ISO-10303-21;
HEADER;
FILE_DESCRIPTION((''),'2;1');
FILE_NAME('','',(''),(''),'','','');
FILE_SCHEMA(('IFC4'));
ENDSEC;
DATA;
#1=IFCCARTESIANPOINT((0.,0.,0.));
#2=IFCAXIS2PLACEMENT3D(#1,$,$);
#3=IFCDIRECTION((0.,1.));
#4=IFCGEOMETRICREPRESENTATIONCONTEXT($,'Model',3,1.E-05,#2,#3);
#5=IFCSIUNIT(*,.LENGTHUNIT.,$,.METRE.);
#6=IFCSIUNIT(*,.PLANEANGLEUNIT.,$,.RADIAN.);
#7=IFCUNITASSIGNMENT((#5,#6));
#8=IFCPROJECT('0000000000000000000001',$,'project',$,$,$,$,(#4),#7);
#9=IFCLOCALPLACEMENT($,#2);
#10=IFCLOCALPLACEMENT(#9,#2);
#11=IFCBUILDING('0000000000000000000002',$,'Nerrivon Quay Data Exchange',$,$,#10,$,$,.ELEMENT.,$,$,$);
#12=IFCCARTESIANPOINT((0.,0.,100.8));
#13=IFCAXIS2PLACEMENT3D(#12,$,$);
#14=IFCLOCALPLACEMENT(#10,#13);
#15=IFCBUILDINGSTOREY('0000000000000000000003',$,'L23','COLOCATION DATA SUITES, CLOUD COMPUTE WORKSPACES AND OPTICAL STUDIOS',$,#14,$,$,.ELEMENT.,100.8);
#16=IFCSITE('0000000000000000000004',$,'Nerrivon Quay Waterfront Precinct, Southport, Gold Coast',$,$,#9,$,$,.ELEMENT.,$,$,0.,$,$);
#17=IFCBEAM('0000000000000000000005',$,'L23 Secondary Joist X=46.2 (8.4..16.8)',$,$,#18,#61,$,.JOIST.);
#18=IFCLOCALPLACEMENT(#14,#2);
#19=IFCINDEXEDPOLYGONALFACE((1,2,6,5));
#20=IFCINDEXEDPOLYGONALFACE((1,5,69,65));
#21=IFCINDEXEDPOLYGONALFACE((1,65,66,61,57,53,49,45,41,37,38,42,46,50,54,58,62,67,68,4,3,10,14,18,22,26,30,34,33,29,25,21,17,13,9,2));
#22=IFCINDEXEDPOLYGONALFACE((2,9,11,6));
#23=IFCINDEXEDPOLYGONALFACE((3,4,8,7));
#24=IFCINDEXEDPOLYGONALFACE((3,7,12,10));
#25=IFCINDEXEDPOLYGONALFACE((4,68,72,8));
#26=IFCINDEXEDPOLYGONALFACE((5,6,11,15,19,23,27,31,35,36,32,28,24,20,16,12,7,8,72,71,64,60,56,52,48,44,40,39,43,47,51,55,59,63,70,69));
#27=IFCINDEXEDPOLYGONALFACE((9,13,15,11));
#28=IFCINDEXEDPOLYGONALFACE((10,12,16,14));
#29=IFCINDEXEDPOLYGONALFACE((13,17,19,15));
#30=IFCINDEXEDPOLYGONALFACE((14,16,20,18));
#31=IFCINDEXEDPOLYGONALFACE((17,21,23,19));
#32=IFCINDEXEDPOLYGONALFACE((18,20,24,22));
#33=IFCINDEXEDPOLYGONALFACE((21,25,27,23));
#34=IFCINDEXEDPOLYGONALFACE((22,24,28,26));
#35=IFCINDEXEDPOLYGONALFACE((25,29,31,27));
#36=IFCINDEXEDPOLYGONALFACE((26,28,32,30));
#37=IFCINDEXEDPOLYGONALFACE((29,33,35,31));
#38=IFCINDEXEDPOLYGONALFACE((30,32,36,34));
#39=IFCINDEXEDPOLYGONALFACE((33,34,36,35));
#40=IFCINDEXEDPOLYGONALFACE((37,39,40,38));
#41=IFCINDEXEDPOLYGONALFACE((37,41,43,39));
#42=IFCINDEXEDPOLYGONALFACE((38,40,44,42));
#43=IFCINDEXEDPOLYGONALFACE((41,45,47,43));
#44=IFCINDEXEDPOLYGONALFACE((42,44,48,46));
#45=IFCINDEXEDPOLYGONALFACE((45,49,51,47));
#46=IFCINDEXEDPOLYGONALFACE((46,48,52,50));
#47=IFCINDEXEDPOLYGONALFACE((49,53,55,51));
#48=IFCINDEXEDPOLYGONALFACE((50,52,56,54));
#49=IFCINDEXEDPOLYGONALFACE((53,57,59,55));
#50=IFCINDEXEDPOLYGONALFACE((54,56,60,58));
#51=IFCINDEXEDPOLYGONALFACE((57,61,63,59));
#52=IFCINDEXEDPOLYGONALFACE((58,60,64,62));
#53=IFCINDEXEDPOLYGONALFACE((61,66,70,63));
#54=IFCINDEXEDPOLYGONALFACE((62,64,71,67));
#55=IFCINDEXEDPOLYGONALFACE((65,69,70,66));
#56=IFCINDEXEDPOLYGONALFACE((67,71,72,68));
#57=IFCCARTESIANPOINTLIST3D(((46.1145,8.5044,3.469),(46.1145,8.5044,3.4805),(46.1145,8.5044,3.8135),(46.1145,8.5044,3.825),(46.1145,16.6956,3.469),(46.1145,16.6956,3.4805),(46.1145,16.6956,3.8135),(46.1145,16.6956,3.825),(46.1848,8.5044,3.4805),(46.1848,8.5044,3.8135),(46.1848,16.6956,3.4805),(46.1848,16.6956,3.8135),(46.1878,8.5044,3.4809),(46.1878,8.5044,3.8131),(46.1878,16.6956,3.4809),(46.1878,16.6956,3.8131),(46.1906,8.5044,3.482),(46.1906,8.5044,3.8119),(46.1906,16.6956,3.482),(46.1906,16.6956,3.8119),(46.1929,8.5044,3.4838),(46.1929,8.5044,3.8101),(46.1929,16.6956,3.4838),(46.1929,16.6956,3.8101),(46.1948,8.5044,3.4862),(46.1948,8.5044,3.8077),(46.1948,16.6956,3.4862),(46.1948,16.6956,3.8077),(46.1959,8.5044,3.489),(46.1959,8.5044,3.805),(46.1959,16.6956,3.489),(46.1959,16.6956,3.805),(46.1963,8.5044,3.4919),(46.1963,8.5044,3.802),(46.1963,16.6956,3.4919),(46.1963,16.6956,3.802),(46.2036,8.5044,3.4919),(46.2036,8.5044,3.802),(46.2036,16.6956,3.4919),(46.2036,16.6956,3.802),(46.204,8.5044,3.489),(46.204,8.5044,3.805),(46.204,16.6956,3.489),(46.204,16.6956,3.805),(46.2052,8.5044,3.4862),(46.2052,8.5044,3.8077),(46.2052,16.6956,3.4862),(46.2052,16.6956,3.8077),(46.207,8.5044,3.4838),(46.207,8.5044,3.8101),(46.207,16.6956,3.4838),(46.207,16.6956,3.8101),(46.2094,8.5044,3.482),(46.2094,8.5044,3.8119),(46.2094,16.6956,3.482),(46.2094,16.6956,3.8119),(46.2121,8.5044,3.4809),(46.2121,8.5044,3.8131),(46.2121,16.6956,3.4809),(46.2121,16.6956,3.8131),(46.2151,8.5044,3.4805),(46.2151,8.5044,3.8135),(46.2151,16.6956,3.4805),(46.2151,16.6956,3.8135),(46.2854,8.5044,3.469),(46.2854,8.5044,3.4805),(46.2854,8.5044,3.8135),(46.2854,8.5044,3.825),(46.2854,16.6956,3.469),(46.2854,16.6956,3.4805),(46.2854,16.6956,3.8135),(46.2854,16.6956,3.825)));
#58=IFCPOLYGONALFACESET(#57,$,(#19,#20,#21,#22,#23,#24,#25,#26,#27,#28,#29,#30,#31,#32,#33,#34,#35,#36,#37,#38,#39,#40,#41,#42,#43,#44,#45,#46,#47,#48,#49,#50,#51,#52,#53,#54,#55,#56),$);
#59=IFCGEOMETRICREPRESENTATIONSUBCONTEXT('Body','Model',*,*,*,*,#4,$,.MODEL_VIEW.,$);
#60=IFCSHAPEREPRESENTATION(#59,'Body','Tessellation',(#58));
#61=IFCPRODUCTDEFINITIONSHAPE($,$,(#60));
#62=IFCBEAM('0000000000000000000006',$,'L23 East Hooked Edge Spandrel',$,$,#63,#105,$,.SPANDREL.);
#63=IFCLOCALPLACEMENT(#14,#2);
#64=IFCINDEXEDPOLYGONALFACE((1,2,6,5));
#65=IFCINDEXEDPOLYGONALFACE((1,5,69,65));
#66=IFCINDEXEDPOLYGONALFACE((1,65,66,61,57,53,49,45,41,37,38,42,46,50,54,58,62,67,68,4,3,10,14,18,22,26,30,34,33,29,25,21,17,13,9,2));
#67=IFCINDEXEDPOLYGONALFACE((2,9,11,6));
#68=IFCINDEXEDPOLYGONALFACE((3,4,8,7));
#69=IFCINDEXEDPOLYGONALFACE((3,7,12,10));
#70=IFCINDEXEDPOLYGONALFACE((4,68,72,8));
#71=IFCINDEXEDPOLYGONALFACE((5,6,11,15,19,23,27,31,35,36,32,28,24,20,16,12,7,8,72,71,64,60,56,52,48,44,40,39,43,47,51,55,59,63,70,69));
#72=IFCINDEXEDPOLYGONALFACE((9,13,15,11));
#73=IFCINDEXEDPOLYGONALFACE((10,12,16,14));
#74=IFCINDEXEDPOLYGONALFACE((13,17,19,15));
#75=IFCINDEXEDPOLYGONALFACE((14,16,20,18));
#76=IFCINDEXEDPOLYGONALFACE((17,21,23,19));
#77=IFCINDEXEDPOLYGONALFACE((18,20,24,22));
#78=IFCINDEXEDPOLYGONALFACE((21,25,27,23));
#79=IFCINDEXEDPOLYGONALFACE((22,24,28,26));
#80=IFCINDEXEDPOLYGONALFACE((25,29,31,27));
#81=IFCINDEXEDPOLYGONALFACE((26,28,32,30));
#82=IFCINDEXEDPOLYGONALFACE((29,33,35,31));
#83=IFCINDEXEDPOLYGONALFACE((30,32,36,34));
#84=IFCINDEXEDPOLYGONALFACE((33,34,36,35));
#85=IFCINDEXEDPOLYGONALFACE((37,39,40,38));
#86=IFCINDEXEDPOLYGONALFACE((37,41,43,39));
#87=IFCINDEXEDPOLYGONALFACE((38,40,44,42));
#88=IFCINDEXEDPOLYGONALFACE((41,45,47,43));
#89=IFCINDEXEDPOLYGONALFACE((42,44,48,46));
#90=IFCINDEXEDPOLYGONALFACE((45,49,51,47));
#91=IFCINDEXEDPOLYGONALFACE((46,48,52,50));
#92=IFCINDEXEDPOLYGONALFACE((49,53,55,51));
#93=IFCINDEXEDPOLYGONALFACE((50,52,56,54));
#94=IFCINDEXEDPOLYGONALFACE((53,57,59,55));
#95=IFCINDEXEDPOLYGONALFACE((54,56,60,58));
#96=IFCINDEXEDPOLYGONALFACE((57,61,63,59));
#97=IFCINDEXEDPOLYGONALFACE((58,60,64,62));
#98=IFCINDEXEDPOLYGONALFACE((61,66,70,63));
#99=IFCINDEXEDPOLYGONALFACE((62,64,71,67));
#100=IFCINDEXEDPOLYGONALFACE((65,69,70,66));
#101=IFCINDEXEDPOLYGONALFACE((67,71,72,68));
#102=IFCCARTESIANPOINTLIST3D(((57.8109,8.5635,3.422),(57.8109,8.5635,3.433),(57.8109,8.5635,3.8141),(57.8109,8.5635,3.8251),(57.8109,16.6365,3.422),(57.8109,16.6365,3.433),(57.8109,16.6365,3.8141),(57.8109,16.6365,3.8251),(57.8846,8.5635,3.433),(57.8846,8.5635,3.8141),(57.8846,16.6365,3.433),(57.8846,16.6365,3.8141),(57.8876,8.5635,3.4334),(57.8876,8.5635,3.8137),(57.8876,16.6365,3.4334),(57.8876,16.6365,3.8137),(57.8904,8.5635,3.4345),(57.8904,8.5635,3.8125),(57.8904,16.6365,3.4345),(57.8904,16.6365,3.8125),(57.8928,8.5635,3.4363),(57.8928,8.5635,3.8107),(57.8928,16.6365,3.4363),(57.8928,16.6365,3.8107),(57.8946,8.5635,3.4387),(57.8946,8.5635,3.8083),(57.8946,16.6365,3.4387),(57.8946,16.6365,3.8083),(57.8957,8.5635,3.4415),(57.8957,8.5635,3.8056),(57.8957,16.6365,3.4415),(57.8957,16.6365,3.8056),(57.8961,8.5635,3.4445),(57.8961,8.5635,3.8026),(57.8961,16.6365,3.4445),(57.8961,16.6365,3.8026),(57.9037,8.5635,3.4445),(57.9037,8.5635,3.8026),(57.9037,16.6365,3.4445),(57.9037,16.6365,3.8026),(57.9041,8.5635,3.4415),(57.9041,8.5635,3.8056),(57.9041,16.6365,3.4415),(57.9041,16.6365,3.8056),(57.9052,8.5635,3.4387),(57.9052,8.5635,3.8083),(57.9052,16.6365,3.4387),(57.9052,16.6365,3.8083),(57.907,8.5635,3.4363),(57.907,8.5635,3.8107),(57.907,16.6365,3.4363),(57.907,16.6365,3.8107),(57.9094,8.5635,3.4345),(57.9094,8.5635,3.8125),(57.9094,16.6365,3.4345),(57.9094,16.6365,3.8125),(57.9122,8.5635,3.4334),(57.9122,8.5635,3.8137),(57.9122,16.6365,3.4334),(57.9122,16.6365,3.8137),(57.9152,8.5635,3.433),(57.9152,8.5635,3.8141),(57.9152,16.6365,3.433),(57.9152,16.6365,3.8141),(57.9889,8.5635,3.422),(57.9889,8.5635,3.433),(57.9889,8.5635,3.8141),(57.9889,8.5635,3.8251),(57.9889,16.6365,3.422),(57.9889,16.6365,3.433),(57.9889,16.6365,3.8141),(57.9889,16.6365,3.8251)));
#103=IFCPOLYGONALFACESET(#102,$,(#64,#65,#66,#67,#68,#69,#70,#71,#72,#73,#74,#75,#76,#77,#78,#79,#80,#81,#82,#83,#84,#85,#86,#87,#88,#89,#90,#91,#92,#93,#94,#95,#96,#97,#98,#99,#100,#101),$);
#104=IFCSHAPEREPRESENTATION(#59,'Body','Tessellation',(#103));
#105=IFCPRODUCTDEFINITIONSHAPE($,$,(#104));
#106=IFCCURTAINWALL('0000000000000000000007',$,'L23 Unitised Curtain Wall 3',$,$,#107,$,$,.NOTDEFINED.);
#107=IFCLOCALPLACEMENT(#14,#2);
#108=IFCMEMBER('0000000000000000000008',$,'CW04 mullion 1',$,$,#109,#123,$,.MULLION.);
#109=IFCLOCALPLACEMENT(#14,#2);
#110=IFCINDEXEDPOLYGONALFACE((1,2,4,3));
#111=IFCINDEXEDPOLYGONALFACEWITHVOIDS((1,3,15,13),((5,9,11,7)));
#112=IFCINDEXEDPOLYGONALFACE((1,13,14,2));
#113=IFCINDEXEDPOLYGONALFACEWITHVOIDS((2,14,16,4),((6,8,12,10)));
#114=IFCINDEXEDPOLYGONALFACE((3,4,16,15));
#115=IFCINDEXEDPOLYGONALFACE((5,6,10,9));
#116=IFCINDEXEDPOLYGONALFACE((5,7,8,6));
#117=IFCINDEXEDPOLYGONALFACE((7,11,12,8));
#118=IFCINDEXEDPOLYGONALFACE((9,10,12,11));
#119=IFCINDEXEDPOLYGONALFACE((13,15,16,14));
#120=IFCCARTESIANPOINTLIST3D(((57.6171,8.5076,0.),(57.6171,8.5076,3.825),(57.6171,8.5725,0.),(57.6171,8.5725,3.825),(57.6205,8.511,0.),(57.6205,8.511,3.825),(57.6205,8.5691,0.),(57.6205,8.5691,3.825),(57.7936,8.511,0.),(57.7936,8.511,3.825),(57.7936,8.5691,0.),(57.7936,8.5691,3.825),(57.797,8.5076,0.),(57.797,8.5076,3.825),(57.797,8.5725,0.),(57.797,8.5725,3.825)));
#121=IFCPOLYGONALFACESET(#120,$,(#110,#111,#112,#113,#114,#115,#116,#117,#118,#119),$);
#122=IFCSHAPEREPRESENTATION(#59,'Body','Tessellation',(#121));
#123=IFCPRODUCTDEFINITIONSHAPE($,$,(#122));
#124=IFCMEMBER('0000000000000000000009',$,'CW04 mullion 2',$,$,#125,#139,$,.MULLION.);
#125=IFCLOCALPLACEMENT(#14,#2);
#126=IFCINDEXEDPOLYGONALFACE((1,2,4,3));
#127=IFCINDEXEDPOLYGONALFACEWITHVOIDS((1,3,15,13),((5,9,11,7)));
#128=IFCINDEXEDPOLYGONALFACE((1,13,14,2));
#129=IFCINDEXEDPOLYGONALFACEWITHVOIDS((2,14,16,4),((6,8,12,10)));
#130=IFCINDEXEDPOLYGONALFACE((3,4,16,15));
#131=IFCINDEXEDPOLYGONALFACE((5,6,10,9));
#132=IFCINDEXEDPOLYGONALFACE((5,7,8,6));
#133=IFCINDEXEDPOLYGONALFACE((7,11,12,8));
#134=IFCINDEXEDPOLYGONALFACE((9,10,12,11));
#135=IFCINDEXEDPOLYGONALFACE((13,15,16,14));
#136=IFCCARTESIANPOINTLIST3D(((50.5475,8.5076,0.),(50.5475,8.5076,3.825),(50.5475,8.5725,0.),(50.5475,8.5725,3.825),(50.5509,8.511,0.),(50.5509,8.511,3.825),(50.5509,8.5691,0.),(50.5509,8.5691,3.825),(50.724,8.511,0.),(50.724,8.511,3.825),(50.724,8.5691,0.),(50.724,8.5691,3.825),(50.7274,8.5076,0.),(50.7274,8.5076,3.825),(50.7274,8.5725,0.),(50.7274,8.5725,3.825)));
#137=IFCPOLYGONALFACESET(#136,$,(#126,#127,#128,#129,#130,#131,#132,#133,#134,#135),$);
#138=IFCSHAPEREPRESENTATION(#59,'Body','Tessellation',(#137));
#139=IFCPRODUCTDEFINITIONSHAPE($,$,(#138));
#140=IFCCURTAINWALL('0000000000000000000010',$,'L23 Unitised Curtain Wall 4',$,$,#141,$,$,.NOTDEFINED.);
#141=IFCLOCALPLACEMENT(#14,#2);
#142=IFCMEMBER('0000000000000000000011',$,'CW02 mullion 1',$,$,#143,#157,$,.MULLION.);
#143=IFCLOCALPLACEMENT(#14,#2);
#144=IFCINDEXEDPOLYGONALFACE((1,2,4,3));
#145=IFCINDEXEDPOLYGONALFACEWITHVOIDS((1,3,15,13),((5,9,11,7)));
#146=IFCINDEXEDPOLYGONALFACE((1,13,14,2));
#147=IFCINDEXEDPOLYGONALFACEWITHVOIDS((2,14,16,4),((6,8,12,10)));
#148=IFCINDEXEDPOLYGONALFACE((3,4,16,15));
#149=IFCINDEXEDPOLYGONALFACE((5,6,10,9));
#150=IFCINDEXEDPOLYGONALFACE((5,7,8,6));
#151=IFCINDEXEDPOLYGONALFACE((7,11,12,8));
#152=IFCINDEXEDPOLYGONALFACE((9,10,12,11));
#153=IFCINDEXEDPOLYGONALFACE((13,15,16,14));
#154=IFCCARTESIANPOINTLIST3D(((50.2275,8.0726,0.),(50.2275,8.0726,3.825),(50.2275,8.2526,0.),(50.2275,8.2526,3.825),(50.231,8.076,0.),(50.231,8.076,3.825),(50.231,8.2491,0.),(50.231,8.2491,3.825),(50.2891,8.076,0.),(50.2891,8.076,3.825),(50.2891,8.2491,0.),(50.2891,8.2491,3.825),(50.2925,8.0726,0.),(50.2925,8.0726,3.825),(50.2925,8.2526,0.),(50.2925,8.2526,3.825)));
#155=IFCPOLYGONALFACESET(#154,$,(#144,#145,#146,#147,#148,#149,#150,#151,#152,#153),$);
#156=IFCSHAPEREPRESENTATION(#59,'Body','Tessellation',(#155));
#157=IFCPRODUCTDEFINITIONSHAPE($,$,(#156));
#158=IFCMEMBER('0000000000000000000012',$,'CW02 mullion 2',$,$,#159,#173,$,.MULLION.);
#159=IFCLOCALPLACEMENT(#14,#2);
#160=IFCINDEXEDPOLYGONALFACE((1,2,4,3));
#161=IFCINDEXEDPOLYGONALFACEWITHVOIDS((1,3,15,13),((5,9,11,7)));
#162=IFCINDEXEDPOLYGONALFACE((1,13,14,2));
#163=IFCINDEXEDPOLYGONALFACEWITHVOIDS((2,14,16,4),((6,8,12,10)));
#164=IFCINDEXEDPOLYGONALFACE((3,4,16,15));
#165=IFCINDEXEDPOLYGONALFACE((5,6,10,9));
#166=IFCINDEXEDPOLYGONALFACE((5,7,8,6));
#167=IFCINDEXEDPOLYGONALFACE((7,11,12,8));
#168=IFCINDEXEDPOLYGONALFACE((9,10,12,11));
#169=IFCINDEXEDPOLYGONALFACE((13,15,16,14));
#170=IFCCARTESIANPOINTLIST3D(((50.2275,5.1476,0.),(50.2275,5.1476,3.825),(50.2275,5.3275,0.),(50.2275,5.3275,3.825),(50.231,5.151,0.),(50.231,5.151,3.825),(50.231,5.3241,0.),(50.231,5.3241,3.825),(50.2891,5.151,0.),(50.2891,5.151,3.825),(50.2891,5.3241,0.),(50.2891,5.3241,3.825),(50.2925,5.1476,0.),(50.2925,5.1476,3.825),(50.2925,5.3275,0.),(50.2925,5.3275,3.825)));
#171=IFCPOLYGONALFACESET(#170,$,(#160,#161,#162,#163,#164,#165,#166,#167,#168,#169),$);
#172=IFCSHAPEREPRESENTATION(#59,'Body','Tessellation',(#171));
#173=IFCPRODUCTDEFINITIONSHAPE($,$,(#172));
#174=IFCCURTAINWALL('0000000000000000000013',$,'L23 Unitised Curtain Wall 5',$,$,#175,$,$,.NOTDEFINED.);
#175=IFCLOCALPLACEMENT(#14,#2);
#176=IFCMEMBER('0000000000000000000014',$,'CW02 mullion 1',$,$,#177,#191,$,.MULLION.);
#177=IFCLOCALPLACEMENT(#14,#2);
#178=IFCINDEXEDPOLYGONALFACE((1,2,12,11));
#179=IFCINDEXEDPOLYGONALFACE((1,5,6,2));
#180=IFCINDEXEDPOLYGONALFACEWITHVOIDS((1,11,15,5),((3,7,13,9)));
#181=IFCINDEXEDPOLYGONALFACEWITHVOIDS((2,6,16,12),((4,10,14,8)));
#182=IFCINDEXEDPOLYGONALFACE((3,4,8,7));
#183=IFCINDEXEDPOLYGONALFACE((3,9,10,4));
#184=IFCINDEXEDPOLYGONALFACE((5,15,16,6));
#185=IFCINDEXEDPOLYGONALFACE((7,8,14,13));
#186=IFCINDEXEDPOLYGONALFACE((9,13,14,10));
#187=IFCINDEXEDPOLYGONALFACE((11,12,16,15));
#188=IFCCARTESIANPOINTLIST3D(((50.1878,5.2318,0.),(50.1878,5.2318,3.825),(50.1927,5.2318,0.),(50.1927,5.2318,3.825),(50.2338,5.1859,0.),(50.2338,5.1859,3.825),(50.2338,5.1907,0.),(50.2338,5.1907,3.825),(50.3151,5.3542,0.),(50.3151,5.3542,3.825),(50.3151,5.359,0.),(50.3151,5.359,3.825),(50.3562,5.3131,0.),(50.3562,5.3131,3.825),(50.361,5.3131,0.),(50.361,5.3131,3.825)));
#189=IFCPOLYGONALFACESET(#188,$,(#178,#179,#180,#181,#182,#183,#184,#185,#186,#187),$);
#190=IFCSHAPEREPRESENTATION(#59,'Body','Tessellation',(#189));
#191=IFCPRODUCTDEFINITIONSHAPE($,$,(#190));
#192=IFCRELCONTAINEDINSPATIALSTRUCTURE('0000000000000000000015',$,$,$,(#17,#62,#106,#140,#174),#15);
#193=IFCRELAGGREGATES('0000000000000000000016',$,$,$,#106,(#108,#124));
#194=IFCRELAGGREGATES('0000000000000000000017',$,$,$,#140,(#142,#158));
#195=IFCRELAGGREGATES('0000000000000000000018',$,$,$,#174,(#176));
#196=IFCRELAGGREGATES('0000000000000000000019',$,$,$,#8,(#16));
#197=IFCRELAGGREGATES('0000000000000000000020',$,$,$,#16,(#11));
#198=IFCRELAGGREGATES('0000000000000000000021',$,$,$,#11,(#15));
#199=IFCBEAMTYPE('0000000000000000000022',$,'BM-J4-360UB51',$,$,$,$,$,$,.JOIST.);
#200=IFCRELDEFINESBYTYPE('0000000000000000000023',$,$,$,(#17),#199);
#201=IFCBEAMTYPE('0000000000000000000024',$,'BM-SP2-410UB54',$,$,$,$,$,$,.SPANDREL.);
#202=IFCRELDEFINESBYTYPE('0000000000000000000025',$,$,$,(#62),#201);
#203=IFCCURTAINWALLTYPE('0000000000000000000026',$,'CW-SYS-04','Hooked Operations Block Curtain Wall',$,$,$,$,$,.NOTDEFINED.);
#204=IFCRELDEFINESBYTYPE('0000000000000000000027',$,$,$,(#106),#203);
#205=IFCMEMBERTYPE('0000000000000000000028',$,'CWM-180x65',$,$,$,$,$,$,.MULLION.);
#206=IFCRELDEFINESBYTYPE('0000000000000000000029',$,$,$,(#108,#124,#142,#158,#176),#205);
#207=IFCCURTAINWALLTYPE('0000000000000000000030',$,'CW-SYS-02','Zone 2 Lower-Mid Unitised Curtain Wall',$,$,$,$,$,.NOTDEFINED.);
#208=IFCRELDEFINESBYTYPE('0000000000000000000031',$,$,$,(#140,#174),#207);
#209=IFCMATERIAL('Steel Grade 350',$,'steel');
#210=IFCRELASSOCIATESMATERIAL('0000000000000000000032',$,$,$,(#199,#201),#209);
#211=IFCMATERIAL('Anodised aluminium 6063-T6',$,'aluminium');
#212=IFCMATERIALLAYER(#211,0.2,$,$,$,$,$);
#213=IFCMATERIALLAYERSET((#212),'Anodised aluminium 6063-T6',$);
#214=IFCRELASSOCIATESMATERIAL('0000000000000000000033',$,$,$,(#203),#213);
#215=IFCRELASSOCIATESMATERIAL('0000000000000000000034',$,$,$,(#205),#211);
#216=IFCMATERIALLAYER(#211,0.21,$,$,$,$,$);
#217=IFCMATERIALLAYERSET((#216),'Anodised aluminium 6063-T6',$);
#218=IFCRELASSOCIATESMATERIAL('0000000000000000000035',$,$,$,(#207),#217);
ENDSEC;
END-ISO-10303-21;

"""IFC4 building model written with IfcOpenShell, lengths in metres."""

from ifc_helpers import new_model, si_unit, direction, frame, origin, origin_2d, place, context, subcontext, project, spatial, hollow_rectangle, i_section, extrude, material, layer, layer_set, material_profile, profile_set, type_object, element, aggregate, save


model = new_model("IFC4")

# Units and contexts
model_context = context("Model", 3, precision=1e-05, world=origin(), true_north=direction((0.0, 1.0)))
body_context = subcontext(model_context, "Body", "Model", "MODEL_VIEW")
ifc_project = project(units=[si_unit("LENGTHUNIT", "METRE"), si_unit("PLANEANGLEUNIT", "RADIAN")], contexts=[model_context])

# Site, building, storey
site_placement = place(None, origin())
site = spatial("IfcSite", under=ifc_project, at=site_placement, Name="Nerrivon Quay Waterfront Precinct, Southport, Gold Coast", CompositionType="ELEMENT", RefElevation=0.0)
building_placement = place(site_placement, origin())
building = spatial("IfcBuilding", under=site, at=building_placement, Name="Nerrivon Quay Data Exchange", CompositionType="ELEMENT")
storey_placement = place(building_placement, frame((0.0, 0.0, 100.8)))
storey = spatial("IfcBuildingStorey", under=building, at=storey_placement, Name="L23", Description="COLOCATION DATA SUITES, CLOUD COMPUTE WORKSPACES AND OPTICAL STUDIOS", CompositionType="ELEMENT", Elevation=100.8)

# Shared definitions
ifc_material_1 = material(Name="Steel Grade 350", Category="steel")

# Beams
ifc_material_profile_1 = material_profile(ifc_material_1, i_section(OverallWidth=0.1709, OverallDepth=0.356, WebThickness=0.0073, FlangeThickness=0.0115, FilletRadius=0.0115, at=origin_2d()), Name="360UB50.7")
ifc_profile_set_1 = profile_set([ifc_material_profile_1], Name="Steel Grade 350")
beam_type_1 = type_object("IfcBeamType", Name="BM-J4-360UB51", PredefinedType="JOIST", material=ifc_profile_set_1)
beam_1_placement = place(storey_placement, frame((46.2, 8.5044, 3.647), z_axis=(0.0, 1.0, 0.0), x_axis=(-1.0, 0.0, 0.0)))
element("IfcBeam", 1, at=beam_1_placement, inside=storey, type_object=beam_type_1, Name="L23 Secondary Joist X=46.2 (8.4..16.8)", PredefinedType="JOIST", context=body_context, shape_type="SweptSolid", body=[
    extrude(i_section(OverallWidth=0.1709, OverallDepth=0.356, WebThickness=0.0073, FlangeThickness=0.0115, FilletRadius=0.0115, at=origin_2d()), origin(), (0.0, 0.0, 1.0), 8.1912),
])
ifc_material_profile_2 = material_profile(ifc_material_1, i_section(OverallWidth=0.178, OverallDepth=0.4031, WebThickness=0.0076, FlangeThickness=0.011, FilletRadius=0.0115, at=origin_2d()), Name="410UB53.7")
ifc_profile_set_2 = profile_set([ifc_material_profile_2], Name="Steel Grade 350")
beam_type_2 = type_object("IfcBeamType", Name="BM-SP2-410UB54", PredefinedType="SPANDREL", material=ifc_profile_set_2)
beam_2_placement = place(storey_placement, frame((57.8999, 8.5635, 3.6235), z_axis=(0.0, 1.0, 0.0), x_axis=(-1.0, 0.0, 0.0)))
element("IfcBeam", 2, at=beam_2_placement, inside=storey, type_object=beam_type_2, Name="L23 East Hooked Edge Spandrel", PredefinedType="SPANDREL", context=body_context, shape_type="SweptSolid", body=[
    extrude(i_section(OverallWidth=0.178, OverallDepth=0.4031, WebThickness=0.0076, FlangeThickness=0.011, FilletRadius=0.0115, at=origin_2d()), origin(), (0.0, 0.0, 1.0), 8.073),
])

# Curtain walls, members
ifc_material_2 = material(Name="Anodised aluminium 6063-T6", Category="aluminium")
ifc_layer_1 = layer(ifc_material_2, 0.2)
ifc_layer_set_1 = layer_set([ifc_layer_1], Name="Anodised aluminium 6063-T6")
curtain_wall_type_1 = type_object("IfcCurtainWallType", Name="CW-SYS-04", Description="Hooked Operations Block Curtain Wall", PredefinedType="NOTDEFINED", material=ifc_layer_set_1)
curtain_wall_1_placement = place(storey_placement, origin())
curtain_wall_1 = element("IfcCurtainWall", 3, at=curtain_wall_1_placement, inside=storey, type_object=curtain_wall_type_1, Name="L23 Unitised Curtain Wall 3", PredefinedType="NOTDEFINED")
ifc_material_profile_3 = material_profile(ifc_material_2, hollow_rectangle(XDim=0.0649, YDim=0.1799, WallThickness=0.0034, at=origin_2d()), Name="ALU-MULL-180x65")
ifc_profile_set_3 = profile_set([ifc_material_profile_3], Name="Anodised aluminium 6063-T6")
member_type_1 = type_object("IfcMemberType", Name="CWM-180x65", PredefinedType="MULLION", material=ifc_profile_set_3)
member_1_placement = place(storey_placement, frame((57.707, 8.54, 0.0), z_axis=(0.0, 0.0, 1.0), x_axis=(0.0, -1.0, 0.0)))
member_1 = element("IfcMember", 4, at=member_1_placement, type_object=member_type_1, Name="CW04 mullion 1", PredefinedType="MULLION", context=body_context, shape_type="SweptSolid", body=[
    extrude(hollow_rectangle(XDim=0.0649, YDim=0.1799, WallThickness=0.0034, at=origin_2d()), origin(), (0.0, 0.0, 1.0), 3.825),
])
member_2_placement = place(storey_placement, frame((50.6375, 8.54, 0.0), z_axis=(0.0, 0.0, 1.0), x_axis=(0.0, -1.0, 0.0)))
member_2 = element("IfcMember", 5, at=member_2_placement, type_object=member_type_1, Name="CW04 mullion 2", PredefinedType="MULLION", context=body_context, shape_type="SweptSolid", body=[
    extrude(hollow_rectangle(XDim=0.0649, YDim=0.1799, WallThickness=0.0034, at=origin_2d()), origin(), (0.0, 0.0, 1.0), 3.825),
])
ifc_layer_2 = layer(ifc_material_2, 0.21)
ifc_layer_set_2 = layer_set([ifc_layer_2], Name="Anodised aluminium 6063-T6")
curtain_wall_type_2 = type_object("IfcCurtainWallType", Name="CW-SYS-02", Description="Zone 2 Lower-Mid Unitised Curtain Wall", PredefinedType="NOTDEFINED", material=ifc_layer_set_2)
curtain_wall_2_placement = place(storey_placement, origin())
curtain_wall_2 = element("IfcCurtainWall", 6, at=curtain_wall_2_placement, inside=storey, type_object=curtain_wall_type_2, Name="L23 Unitised Curtain Wall 4", PredefinedType="NOTDEFINED")
member_3_placement = place(storey_placement, frame((50.26, 8.1626, 0.0), z_axis=(0.0, 0.0, 1.0), x_axis=(1.0, 0.0, 0.0)))
member_3 = element("IfcMember", 7, at=member_3_placement, type_object=member_type_1, Name="CW02 mullion 1", PredefinedType="MULLION", context=body_context, shape_type="SweptSolid", body=[
    extrude(hollow_rectangle(XDim=0.0649, YDim=0.1799, WallThickness=0.0034, at=origin_2d()), origin(), (0.0, 0.0, 1.0), 3.825),
])
member_4_placement = place(storey_placement, frame((50.26, 5.2375, 0.0), z_axis=(0.0, 0.0, 1.0), x_axis=(1.0, 0.0, 0.0)))
member_4 = element("IfcMember", 8, at=member_4_placement, type_object=member_type_1, Name="CW02 mullion 2", PredefinedType="MULLION", context=body_context, shape_type="SweptSolid", body=[
    extrude(hollow_rectangle(XDim=0.0649, YDim=0.1799, WallThickness=0.0034, at=origin_2d()), origin(), (0.0, 0.0, 1.0), 3.825),
])
curtain_wall_3_placement = place(storey_placement, origin())
curtain_wall_3 = element("IfcCurtainWall", 9, at=curtain_wall_3_placement, inside=storey, type_object=curtain_wall_type_2, Name="L23 Unitised Curtain Wall 5", PredefinedType="NOTDEFINED")
member_5_placement = place(storey_placement, frame((50.2744, 5.2725, 0.0), z_axis=(0.0, 0.0, 1.0), x_axis=(0.707107, -0.707107, 0.0)))
member_5 = element("IfcMember", 10, at=member_5_placement, type_object=member_type_1, Name="CW02 mullion 1", PredefinedType="MULLION", context=body_context, shape_type="SweptSolid", body=[
    extrude(hollow_rectangle(XDim=0.0649, YDim=0.1799, WallThickness=0.0034, at=origin_2d()), origin(), (0.0, 0.0, 1.0), 3.825),
])

aggregate(curtain_wall_1, [member_1, member_2])
aggregate(curtain_wall_2, [member_3, member_4])
aggregate(curtain_wall_3, [member_5])

save(model, "model.ifc")
